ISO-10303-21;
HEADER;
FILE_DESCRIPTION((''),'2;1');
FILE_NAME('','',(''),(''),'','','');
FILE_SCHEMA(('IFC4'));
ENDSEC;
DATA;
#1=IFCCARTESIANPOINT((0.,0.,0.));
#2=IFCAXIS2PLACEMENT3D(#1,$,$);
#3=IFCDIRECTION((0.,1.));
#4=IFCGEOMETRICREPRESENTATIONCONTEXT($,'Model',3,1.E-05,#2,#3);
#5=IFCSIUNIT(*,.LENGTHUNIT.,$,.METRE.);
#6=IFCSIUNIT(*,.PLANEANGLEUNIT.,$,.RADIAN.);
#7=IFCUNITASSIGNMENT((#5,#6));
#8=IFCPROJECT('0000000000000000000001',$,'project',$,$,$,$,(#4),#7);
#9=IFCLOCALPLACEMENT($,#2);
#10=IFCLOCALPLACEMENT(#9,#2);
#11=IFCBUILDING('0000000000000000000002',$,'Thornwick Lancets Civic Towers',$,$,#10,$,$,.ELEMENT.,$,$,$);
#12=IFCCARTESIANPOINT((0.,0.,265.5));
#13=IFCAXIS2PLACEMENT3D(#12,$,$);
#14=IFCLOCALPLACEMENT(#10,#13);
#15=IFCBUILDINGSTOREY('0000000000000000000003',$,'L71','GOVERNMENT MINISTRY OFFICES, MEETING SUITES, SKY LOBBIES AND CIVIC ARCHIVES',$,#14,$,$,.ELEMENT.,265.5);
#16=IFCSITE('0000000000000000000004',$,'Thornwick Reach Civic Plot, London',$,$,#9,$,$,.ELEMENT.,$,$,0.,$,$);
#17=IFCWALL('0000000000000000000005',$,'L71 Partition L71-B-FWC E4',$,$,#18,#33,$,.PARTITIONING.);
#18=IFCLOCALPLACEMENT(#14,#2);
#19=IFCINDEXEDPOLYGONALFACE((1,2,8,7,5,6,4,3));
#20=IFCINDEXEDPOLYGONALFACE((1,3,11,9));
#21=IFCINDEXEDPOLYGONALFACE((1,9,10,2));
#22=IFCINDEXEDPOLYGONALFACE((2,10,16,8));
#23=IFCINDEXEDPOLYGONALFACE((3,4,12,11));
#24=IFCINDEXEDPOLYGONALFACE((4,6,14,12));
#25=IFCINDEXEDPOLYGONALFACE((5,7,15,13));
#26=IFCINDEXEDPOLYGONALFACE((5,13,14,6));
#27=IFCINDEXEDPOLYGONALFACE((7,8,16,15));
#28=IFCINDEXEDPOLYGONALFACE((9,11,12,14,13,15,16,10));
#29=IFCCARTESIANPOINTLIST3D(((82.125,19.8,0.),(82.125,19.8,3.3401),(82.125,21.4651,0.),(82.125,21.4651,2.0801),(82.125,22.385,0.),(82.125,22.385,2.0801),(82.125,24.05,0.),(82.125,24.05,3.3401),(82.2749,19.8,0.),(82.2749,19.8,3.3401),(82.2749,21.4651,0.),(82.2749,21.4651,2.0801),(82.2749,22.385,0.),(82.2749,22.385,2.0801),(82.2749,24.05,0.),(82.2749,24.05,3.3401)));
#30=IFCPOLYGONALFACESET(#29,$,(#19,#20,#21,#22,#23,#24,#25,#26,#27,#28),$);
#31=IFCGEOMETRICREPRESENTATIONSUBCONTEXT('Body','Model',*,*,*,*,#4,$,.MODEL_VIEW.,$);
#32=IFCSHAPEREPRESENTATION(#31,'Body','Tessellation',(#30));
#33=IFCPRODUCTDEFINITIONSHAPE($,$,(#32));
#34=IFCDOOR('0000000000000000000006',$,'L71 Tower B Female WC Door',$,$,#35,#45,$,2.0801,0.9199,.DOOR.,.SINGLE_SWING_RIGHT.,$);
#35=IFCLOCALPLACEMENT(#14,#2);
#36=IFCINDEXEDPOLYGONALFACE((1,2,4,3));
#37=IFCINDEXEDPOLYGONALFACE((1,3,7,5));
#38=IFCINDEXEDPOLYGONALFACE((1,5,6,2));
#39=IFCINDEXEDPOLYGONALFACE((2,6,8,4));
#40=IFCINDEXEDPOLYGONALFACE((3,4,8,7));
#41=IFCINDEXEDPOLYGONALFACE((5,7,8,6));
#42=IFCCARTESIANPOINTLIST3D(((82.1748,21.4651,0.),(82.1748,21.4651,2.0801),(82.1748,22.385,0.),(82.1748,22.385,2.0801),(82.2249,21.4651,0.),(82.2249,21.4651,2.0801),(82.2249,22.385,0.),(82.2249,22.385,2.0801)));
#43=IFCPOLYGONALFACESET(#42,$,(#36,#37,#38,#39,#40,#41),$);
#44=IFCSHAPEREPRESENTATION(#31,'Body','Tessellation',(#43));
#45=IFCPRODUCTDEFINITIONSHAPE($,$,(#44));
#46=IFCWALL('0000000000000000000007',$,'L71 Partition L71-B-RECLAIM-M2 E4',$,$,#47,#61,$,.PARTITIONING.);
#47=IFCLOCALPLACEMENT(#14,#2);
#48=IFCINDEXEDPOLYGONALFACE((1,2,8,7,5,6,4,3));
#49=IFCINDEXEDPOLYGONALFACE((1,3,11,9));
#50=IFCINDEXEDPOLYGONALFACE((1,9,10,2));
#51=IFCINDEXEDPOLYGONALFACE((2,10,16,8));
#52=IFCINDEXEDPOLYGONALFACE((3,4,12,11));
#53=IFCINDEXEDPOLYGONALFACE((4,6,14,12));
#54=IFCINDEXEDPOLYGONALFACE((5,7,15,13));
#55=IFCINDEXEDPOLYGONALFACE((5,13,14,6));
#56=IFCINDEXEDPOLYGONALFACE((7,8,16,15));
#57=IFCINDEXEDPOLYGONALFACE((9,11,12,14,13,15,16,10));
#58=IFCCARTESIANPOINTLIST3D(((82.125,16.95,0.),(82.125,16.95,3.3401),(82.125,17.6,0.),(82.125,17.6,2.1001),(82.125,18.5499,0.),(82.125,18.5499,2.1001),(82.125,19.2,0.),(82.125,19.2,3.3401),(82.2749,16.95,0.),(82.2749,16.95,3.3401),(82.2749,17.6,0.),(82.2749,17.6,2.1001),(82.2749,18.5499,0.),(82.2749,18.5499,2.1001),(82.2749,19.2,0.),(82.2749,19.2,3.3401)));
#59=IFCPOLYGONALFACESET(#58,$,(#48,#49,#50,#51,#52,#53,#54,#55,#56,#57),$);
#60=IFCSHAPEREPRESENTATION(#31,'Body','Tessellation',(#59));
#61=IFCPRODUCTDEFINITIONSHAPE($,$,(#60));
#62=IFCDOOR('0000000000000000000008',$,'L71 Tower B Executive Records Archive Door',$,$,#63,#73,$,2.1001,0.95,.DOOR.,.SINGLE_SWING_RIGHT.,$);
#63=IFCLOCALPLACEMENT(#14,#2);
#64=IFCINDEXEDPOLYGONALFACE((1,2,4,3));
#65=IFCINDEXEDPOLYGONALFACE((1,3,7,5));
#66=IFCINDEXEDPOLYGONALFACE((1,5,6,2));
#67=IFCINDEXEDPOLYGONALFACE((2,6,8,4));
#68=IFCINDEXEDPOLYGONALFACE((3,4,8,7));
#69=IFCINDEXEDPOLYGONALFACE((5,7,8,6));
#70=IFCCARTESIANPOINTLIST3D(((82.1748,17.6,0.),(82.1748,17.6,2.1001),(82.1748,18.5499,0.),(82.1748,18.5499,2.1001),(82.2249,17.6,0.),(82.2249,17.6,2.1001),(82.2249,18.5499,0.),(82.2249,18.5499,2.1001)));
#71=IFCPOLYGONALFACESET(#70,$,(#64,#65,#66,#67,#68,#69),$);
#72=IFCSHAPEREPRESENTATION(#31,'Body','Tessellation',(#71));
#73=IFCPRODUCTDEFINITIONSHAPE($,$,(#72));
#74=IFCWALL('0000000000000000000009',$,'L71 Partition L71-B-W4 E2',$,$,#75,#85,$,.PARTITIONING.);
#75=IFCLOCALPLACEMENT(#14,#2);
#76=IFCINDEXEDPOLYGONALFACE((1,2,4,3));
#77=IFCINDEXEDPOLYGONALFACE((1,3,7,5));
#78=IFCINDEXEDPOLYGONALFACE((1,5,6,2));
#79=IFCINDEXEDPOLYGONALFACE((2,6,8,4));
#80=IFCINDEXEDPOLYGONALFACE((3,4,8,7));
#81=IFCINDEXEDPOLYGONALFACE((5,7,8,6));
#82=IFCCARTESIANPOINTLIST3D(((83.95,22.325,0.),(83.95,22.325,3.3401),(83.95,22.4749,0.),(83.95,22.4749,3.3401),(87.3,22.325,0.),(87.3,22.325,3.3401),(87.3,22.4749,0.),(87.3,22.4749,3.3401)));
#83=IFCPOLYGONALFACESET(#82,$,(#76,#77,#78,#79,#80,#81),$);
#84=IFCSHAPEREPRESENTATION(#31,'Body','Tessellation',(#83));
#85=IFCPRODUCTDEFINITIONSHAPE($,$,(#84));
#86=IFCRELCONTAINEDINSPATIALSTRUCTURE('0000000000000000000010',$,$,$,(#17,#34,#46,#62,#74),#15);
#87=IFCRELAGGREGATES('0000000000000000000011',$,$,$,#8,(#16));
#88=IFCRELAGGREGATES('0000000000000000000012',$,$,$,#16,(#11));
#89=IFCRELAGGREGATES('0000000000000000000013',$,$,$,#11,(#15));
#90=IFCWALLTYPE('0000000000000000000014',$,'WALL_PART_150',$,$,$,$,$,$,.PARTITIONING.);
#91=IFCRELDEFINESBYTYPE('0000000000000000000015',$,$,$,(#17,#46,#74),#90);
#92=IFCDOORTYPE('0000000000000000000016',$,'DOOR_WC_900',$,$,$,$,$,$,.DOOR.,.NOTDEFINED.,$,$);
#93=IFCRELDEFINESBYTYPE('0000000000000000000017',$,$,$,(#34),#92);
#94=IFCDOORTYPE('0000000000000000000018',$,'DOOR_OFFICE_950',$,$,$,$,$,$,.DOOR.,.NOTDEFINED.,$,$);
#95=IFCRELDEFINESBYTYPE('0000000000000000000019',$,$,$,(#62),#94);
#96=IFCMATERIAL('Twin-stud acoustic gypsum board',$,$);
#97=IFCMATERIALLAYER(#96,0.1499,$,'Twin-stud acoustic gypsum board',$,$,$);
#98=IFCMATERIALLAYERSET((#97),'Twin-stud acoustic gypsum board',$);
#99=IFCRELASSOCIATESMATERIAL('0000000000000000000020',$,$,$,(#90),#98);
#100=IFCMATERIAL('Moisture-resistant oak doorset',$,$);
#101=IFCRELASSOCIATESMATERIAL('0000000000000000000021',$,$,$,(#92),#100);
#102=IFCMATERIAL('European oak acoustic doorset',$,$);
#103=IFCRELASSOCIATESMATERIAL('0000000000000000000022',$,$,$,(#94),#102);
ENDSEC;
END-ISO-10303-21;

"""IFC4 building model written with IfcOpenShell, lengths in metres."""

from ifc_helpers import new_model, si_unit, direction, frame, frame_2d, origin, place, context, subcontext, project, spatial, rectangle, extrude, material, layer, layer_set, type_object, element, fill, save


model = new_model("IFC4")

# Units and contexts
model_context = context("Model", 3, precision=1e-05, world=origin(), true_north=direction((0.0, 1.0)))
body_context = subcontext(model_context, "Body", "Model", "MODEL_VIEW")
ifc_project = project(units=[si_unit("LENGTHUNIT", "METRE"), si_unit("PLANEANGLEUNIT", "RADIAN")], contexts=[model_context])

# Site, building, storey
site_placement = place(None, origin())
site = spatial("IfcSite", under=ifc_project, at=site_placement, Name="Thornwick Reach Civic Plot, London", CompositionType="ELEMENT", RefElevation=0.0)
building_placement = place(site_placement, origin())
building = spatial("IfcBuilding", under=site, at=building_placement, Name="Thornwick Lancets Civic Towers", CompositionType="ELEMENT")
storey_placement = place(building_placement, frame((0.0, 0.0, 265.5)))
storey = spatial("IfcBuildingStorey", under=building, at=storey_placement, Name="L71", Description="GOVERNMENT MINISTRY OFFICES, MEETING SUITES, SKY LOBBIES AND CIVIC ARCHIVES", CompositionType="ELEMENT", Elevation=265.5)

# Shared definitions
ifc_material_1 = material(Name="Twin-stud acoustic gypsum board")
ifc_layer_1 = layer(ifc_material_1, 0.1499, Name="Twin-stud acoustic gypsum board")
ifc_layer_set_1 = layer_set([ifc_layer_1], Name="Twin-stud acoustic gypsum board")
wall_type_1 = type_object("IfcWallType", Name="WALL_PART_150", PredefinedType="PARTITIONING", material=ifc_layer_set_1)

# Walls, openings, doors
wall_1_placement = place(storey_placement, frame((82.2, 24.05, 0.0), z_axis=(0.0, 0.0, 1.0), x_axis=(0.0, -1.0, 0.0)))
wall_1 = element("IfcWall", 1, at=wall_1_placement, inside=storey, type_object=wall_type_1, Name="L71 Partition L71-B-FWC E4", PredefinedType="PARTITIONING", context=body_context, shape_type="SweptSolid", body=[
    extrude(rectangle(XDim=4.25, YDim=0.1499, at=frame_2d((2.125, 0.0))), origin(), (0.0, 0.0, 1.0), 3.3401),
])
opening_1_placement = place(wall_1_placement, frame((1.665, 0.0, 0.0)))
opening_1 = element("IfcOpeningElement", 2, at=opening_1_placement, cuts=wall_1, PredefinedType="OPENING", context=body_context, shape_type="SweptSolid", body=[
    extrude(rectangle(XDim=0.9199, YDim=2.0801, at=frame_2d((0.46, 1.04))), frame((0.0, 0.085, 0.0), z_axis=(0.0, -1.0, 0.0), x_axis=(1.0, 0.0, 0.0)), (0.0, 0.0, 1.0), 0.1699),
])
ifc_material_2 = material(Name="Moisture-resistant oak doorset")
door_type_1 = type_object("IfcDoorType", Name="DOOR_WC_900", OperationType="NOTDEFINED", PredefinedType="DOOR", material=ifc_material_2)
door_1_placement = place(opening_1_placement, origin())
door_1 = element("IfcDoor", 3, at=door_1_placement, inside=storey, type_object=door_type_1, Name="L71 Tower B Female WC Door", OperationType="SINGLE_SWING_RIGHT", OverallHeight=2.0801, OverallWidth=0.9199, PredefinedType="DOOR", context=body_context, shape_type="SweptSolid", body=[
    extrude(rectangle(XDim=0.9199, YDim=2.0801, at=frame_2d((0.46, 1.04))), frame((0.0, 0.0249, 0.0), z_axis=(0.0, -1.0, 0.0), x_axis=(1.0, 0.0, 0.0)), (0.0, 0.0, 1.0), 0.05),
])
fill(opening_1, door_1)
wall_2_placement = place(storey_placement, frame((82.2, 19.2, 0.0), z_axis=(0.0, 0.0, 1.0), x_axis=(0.0, -1.0, 0.0)))
wall_2 = element("IfcWall", 4, at=wall_2_placement, inside=storey, type_object=wall_type_1, Name="L71 Partition L71-B-RECLAIM-M2 E4", PredefinedType="PARTITIONING", context=body_context, shape_type="SweptSolid", body=[
    extrude(rectangle(XDim=2.25, YDim=0.1499, at=frame_2d((1.125, 0.0))), origin(), (0.0, 0.0, 1.0), 3.3401),
])
opening_2_placement = place(wall_2_placement, frame((0.6499, 0.0, 0.0)))
opening_2 = element("IfcOpeningElement", 5, at=opening_2_placement, cuts=wall_2, PredefinedType="OPENING", context=body_context, shape_type="SweptSolid", body=[
    extrude(rectangle(XDim=0.95, YDim=2.1001, at=frame_2d((0.4751, 1.05))), frame((0.0, 0.085, 0.0), z_axis=(0.0, -1.0, 0.0), x_axis=(1.0, 0.0, 0.0)), (0.0, 0.0, 1.0), 0.1699),
])
ifc_material_3 = material(Name="European oak acoustic doorset")
door_type_2 = type_object("IfcDoorType", Name="DOOR_OFFICE_950", OperationType="NOTDEFINED", PredefinedType="DOOR", material=ifc_material_3)
door_2_placement = place(opening_2_placement, origin())
door_2 = element("IfcDoor", 6, at=door_2_placement, inside=storey, type_object=door_type_2, Name="L71 Tower B Executive Records Archive Door", OperationType="SINGLE_SWING_RIGHT", OverallHeight=2.1001, OverallWidth=0.95, PredefinedType="DOOR", context=body_context, shape_type="SweptSolid", body=[
    extrude(rectangle(XDim=0.95, YDim=2.1001, at=frame_2d((0.4751, 1.05))), frame((0.0, 0.0249, 0.0), z_axis=(0.0, -1.0, 0.0), x_axis=(1.0, 0.0, 0.0)), (0.0, 0.0, 1.0), 0.05),
])
fill(opening_2, door_2)

# Wall
wall_3_placement = place(storey_placement, frame((83.95, 22.3999, 0.0), z_axis=(0.0, 0.0, 1.0), x_axis=(1.0, 0.0, 0.0)))
element("IfcWall", 7, at=wall_3_placement, inside=storey, type_object=wall_type_1, Name="L71 Partition L71-B-W4 E2", PredefinedType="PARTITIONING", context=body_context, shape_type="SweptSolid", body=[
    extrude(rectangle(XDim=3.3501, YDim=0.1499, at=frame_2d((1.675, 0.0))), origin(), (0.0, 0.0, 1.0), 3.3401),
])

save(model, "model.ifc")
